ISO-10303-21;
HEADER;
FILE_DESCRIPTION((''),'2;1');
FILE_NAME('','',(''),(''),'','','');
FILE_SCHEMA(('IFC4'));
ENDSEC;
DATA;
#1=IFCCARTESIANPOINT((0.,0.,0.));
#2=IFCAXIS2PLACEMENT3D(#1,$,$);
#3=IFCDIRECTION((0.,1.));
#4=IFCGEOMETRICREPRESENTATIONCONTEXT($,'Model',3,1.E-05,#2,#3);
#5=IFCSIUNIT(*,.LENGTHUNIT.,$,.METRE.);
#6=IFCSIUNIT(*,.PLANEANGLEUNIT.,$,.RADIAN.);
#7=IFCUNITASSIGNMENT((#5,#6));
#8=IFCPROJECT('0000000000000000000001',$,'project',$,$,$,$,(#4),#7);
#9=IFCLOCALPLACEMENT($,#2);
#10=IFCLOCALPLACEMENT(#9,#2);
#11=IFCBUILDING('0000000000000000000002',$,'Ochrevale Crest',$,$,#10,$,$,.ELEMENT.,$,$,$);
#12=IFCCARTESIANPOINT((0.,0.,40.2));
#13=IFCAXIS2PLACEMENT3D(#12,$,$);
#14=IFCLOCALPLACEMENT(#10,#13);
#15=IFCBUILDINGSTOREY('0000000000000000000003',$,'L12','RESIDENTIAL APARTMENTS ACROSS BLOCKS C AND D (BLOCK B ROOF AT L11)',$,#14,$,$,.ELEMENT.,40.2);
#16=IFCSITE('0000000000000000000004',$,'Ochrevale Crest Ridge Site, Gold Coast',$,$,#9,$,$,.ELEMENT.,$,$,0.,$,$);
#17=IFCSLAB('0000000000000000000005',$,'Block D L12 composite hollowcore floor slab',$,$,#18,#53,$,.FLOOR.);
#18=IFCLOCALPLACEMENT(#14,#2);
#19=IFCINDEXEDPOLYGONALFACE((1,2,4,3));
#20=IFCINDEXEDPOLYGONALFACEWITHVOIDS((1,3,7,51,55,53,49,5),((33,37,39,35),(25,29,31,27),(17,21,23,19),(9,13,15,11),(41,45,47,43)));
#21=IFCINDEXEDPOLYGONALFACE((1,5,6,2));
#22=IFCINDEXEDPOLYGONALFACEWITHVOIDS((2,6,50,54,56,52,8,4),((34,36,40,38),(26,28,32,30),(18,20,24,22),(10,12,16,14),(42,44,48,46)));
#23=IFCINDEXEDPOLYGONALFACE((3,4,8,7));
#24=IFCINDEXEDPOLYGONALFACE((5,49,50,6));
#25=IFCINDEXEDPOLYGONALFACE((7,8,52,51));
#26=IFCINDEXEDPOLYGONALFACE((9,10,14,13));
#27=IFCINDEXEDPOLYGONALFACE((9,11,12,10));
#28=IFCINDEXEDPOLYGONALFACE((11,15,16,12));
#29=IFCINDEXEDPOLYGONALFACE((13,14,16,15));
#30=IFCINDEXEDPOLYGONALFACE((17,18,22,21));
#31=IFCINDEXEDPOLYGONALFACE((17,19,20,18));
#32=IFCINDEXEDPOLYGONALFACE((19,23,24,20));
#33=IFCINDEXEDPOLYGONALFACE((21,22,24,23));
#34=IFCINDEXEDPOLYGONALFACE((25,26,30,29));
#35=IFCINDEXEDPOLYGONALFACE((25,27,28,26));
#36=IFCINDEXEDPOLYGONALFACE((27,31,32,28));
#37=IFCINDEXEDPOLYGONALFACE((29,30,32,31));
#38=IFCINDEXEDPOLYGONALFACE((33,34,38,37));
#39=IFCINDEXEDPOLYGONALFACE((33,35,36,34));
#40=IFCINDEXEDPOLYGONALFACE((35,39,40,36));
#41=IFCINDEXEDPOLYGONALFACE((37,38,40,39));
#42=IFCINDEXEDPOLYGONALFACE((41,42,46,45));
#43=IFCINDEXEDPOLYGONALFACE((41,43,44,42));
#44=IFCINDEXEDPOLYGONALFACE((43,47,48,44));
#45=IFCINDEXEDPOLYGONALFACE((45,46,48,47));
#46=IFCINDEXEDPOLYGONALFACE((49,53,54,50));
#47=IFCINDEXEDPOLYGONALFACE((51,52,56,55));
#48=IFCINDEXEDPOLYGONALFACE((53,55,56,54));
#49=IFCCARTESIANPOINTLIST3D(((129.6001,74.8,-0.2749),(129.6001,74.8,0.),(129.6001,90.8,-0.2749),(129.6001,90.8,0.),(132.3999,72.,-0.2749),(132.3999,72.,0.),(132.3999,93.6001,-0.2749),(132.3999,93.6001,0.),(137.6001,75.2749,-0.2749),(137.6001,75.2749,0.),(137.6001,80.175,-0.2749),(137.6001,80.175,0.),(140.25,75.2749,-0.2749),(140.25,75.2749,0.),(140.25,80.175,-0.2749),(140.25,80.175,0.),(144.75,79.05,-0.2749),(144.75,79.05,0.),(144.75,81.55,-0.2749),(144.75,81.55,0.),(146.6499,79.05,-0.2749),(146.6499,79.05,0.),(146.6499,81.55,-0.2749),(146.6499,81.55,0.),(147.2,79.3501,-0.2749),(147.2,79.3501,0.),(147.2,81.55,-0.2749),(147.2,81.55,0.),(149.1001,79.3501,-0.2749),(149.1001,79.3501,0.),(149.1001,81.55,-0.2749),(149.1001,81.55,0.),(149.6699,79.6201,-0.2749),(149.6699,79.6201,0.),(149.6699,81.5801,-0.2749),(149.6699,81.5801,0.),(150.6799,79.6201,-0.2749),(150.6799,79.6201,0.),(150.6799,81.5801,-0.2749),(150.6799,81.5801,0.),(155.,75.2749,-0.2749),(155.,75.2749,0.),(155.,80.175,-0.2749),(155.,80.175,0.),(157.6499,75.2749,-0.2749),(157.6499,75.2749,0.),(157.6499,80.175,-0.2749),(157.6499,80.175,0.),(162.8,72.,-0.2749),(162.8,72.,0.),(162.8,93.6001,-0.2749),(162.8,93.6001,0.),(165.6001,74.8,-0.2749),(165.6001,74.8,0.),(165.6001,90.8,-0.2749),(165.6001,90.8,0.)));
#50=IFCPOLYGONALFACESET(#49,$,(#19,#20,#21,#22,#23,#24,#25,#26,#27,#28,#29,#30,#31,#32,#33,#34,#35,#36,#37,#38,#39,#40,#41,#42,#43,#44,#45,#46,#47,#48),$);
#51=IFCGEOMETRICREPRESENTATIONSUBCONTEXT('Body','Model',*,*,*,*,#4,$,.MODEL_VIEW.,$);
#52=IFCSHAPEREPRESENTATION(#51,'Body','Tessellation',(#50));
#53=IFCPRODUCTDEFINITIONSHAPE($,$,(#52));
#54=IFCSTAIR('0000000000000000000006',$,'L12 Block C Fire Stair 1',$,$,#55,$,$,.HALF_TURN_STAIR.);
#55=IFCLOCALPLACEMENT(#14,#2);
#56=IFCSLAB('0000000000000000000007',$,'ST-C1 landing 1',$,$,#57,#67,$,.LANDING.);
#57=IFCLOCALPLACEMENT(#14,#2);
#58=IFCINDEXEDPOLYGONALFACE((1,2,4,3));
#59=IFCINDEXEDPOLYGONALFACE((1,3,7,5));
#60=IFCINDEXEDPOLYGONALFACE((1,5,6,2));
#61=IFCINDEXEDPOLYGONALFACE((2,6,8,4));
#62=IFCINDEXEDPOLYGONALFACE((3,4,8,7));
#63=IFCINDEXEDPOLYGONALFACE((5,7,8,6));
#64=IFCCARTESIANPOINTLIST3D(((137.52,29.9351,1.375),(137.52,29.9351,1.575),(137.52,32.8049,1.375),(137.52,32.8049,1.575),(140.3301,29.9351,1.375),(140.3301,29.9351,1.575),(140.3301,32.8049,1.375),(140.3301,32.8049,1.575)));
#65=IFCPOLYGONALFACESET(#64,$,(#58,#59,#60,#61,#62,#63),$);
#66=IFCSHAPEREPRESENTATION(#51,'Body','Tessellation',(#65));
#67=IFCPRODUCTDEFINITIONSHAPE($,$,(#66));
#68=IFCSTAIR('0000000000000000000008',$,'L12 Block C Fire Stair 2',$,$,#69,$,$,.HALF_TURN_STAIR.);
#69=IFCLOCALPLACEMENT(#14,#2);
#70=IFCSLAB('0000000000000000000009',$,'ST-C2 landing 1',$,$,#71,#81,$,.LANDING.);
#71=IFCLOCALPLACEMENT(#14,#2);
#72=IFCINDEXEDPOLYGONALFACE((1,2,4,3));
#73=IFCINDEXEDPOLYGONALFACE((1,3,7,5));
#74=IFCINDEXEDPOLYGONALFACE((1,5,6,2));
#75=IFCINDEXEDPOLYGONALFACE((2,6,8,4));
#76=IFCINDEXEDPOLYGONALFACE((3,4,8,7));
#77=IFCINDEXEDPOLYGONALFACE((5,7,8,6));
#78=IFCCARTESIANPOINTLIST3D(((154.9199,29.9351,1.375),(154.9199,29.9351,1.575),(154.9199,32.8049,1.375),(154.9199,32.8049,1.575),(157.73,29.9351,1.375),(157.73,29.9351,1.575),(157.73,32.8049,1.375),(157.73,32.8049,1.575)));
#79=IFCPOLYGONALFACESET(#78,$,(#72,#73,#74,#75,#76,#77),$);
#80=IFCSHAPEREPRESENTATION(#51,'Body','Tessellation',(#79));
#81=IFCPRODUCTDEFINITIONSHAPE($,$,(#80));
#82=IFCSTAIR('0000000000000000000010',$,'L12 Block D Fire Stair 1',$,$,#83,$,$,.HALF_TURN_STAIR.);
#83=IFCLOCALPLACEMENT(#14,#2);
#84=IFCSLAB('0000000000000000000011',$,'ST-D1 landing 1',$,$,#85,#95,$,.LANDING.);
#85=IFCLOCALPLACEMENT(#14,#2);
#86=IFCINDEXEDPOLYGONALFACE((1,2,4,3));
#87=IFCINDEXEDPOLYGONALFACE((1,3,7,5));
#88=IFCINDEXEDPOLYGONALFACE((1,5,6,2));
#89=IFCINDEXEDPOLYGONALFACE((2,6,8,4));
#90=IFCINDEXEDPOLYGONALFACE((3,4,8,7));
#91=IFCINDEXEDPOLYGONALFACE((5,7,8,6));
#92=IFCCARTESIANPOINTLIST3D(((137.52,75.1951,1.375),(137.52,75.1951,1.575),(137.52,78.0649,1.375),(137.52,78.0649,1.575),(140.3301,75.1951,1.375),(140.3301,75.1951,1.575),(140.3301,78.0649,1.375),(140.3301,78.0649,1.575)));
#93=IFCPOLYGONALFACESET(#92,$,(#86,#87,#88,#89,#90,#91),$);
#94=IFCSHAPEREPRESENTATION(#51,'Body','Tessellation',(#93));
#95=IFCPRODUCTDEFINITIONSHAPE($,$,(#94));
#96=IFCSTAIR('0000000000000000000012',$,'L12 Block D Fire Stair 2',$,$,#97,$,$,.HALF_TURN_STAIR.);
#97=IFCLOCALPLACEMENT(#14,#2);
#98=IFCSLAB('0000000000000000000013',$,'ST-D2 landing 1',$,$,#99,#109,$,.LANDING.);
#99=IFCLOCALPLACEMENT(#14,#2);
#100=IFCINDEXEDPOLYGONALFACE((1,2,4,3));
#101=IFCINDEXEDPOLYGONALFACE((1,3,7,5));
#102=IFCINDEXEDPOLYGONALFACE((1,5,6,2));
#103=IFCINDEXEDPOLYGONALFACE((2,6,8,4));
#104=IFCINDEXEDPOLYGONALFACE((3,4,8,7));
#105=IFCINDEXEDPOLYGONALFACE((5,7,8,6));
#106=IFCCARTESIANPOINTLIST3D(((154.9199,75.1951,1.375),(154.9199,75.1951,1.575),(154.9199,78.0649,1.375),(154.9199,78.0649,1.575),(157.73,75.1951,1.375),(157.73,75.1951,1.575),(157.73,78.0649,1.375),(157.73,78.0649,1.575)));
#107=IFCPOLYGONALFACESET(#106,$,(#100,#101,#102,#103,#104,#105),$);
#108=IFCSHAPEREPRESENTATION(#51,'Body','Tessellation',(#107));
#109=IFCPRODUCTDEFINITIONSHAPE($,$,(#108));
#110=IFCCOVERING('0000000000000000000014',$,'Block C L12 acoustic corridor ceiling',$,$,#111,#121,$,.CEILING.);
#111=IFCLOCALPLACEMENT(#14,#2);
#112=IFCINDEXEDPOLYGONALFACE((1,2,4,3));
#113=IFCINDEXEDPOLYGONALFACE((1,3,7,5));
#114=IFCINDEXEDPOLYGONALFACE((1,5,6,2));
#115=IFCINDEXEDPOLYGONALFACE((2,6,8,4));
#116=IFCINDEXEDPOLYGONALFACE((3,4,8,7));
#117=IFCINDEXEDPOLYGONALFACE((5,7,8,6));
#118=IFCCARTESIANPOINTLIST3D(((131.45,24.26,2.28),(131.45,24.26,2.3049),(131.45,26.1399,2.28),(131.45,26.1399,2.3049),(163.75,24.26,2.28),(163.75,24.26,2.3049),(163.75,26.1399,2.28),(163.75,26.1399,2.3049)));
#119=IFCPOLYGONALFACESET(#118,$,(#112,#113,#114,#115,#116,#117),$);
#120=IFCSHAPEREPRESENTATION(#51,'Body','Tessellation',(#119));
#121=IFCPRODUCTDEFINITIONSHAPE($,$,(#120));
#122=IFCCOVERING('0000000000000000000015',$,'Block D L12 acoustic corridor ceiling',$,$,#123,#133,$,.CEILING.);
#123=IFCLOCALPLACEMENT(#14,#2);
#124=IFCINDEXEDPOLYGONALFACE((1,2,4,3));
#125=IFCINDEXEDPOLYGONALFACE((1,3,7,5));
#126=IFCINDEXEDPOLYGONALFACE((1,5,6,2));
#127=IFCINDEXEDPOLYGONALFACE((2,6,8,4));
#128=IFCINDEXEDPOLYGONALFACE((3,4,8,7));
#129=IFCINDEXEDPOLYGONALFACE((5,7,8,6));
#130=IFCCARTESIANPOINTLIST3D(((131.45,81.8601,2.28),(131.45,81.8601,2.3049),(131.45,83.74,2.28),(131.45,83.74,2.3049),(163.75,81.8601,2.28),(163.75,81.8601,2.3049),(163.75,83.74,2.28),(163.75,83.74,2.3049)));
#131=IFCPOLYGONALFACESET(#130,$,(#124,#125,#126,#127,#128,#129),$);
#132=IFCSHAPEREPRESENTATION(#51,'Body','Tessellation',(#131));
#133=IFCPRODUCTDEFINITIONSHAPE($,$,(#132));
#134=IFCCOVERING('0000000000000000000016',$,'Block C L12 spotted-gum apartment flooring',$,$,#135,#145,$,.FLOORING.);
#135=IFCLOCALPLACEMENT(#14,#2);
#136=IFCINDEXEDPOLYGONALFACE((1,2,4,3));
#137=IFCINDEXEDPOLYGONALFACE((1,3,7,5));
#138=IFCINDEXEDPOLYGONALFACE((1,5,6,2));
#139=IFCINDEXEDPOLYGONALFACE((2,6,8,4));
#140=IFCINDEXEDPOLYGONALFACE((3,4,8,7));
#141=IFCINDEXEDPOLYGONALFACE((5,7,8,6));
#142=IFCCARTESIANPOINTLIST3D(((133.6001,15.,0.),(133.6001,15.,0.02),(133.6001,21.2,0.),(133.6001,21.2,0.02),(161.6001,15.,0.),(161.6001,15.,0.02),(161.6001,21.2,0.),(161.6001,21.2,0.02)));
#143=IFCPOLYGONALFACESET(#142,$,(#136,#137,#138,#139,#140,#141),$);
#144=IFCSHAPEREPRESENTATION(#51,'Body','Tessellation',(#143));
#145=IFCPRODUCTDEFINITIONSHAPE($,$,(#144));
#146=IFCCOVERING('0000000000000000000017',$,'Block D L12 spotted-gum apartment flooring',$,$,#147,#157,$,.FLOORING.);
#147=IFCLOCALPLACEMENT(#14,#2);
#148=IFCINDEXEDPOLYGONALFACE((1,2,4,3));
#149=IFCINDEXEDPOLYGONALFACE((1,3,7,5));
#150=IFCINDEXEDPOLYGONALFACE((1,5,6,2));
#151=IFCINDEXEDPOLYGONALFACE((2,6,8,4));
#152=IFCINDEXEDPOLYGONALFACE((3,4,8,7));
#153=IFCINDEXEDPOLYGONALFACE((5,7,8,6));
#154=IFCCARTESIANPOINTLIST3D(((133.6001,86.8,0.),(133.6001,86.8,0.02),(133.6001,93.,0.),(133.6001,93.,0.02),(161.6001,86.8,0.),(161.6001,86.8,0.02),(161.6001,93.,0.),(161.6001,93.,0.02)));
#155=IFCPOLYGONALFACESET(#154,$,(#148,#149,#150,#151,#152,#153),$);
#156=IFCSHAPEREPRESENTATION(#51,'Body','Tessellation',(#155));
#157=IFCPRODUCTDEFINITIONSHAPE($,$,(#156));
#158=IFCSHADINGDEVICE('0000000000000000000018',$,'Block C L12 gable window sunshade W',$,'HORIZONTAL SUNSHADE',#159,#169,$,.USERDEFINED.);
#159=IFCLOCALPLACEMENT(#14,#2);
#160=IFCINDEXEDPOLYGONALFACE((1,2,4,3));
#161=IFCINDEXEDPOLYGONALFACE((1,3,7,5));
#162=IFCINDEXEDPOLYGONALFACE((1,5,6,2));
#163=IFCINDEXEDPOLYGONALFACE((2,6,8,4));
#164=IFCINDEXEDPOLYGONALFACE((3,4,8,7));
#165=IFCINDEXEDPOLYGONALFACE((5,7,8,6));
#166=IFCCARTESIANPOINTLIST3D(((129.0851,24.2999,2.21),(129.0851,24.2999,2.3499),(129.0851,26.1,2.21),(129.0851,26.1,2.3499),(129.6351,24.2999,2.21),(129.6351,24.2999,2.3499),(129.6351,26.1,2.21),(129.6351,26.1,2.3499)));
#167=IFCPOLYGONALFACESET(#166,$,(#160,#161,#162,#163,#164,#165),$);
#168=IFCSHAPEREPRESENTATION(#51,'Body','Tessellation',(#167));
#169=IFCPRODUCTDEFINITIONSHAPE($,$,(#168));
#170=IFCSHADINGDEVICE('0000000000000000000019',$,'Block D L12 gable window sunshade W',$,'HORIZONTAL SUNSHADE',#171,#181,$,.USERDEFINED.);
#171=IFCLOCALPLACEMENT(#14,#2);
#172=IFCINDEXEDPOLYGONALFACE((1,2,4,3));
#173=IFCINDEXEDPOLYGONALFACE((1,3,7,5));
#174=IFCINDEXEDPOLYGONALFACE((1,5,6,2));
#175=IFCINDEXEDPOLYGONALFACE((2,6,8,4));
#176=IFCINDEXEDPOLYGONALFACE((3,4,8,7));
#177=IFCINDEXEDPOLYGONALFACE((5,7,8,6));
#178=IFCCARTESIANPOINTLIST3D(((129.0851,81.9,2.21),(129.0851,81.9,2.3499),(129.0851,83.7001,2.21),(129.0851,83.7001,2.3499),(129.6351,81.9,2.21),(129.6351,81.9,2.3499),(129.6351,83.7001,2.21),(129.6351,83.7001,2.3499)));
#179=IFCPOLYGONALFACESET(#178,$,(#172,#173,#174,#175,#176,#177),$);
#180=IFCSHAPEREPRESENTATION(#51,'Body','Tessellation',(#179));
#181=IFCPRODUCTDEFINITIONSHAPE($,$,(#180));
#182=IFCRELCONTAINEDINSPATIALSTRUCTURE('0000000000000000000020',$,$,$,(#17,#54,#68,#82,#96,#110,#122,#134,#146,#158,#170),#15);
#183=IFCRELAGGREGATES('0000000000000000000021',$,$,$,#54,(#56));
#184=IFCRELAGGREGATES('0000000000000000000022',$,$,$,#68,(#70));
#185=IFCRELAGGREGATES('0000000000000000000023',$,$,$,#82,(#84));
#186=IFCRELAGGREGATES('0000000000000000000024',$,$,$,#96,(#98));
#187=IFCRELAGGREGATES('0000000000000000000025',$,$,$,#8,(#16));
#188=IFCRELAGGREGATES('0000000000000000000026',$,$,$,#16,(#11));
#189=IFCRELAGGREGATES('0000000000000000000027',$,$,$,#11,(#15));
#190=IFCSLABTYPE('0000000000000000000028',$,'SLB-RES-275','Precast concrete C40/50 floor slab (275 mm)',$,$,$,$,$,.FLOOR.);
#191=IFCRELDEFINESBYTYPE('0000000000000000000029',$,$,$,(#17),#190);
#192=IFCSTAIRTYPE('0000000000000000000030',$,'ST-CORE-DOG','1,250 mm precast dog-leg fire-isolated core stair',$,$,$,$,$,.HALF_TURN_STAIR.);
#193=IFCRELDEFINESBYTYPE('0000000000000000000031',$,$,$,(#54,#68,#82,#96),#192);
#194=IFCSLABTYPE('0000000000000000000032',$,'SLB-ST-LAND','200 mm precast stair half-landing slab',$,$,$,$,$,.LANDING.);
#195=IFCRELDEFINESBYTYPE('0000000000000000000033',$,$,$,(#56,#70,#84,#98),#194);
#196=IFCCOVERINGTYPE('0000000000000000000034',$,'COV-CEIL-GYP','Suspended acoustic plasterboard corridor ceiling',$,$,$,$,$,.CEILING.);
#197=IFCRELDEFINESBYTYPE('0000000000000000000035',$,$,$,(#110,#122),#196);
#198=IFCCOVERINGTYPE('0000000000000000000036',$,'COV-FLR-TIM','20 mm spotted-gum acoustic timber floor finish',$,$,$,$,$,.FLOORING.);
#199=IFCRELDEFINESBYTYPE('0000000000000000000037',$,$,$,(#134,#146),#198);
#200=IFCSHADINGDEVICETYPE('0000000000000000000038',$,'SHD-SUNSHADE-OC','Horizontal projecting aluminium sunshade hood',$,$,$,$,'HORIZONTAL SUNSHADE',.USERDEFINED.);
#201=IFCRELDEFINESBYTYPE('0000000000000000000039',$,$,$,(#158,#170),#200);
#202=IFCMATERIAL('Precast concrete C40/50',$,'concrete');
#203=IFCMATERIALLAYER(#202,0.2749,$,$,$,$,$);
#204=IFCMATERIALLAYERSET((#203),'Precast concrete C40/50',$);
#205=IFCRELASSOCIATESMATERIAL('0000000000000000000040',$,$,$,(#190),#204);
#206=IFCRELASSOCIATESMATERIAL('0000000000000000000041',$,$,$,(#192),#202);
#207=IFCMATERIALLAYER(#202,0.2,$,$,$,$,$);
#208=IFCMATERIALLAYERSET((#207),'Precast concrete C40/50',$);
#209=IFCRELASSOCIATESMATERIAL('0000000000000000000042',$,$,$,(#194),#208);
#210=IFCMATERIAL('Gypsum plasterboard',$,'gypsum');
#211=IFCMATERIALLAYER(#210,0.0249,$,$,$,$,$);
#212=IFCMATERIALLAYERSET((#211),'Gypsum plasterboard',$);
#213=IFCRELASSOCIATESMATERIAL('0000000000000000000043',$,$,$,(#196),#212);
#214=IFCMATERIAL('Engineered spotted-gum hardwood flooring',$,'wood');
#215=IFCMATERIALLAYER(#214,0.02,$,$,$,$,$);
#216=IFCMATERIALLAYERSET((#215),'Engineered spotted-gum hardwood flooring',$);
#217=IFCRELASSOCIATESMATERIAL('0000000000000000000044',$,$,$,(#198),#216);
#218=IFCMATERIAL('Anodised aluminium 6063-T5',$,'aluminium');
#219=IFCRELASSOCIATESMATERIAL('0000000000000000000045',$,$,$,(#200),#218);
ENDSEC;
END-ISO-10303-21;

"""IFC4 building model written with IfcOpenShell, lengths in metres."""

from ifc_helpers import new_model, si_unit, direction, frame, origin, origin_2d, place, context, subcontext, project, spatial, polyline, rectangle, outline, extrude, material, layer, layer_set, type_object, element, aggregate, save


model = new_model("IFC4")

# Units and contexts
model_context = context("Model", 3, precision=1e-05, world=origin(), true_north=direction((0.0, 1.0)))
body_context = subcontext(model_context, "Body", "Model", "MODEL_VIEW")
ifc_project = project(units=[si_unit("LENGTHUNIT", "METRE"), si_unit("PLANEANGLEUNIT", "RADIAN")], contexts=[model_context])

# Site, building, storey
site_placement = place(None, origin())
site = spatial("IfcSite", under=ifc_project, at=site_placement, Name="Ochrevale Crest Ridge Site, Gold Coast", CompositionType="ELEMENT", RefElevation=0.0)
building_placement = place(site_placement, origin())
building = spatial("IfcBuilding", under=site, at=building_placement, Name="Ochrevale Crest", CompositionType="ELEMENT")
storey_placement = place(building_placement, frame((0.0, 0.0, 40.2)))
storey = spatial("IfcBuildingStorey", under=building, at=storey_placement, Name="L12", Description="RESIDENTIAL APARTMENTS ACROSS BLOCKS C AND D (BLOCK B ROOF AT L11)", CompositionType="ELEMENT", Elevation=40.2)

# Slab
ifc_material_1 = material(Name="Precast concrete C40/50", Category="concrete")
ifc_layer_1 = layer(ifc_material_1, 0.2749)
ifc_layer_set_1 = layer_set([ifc_layer_1], Name="Precast concrete C40/50")
slab_type_1 = type_object("IfcSlabType", Name="SLB-RES-275", Description="Precast concrete C40/50 floor slab (275 mm)", PredefinedType="FLOOR", material=ifc_layer_set_1)
slab_1_placement = place(storey_placement, frame((0.0, 0.0, -0.2749)))
element("IfcSlab", 1, at=slab_1_placement, inside=storey, type_object=slab_type_1, Name="Block D L12 composite hollowcore floor slab", PredefinedType="FLOOR", context=body_context, shape_type="SweptSolid", body=[
    extrude(outline(polyline([(132.3999, 72.0), (162.8, 72.0), (165.6001, 74.8), (165.6001, 90.8), (162.8, 93.6001), (132.3999, 93.6001), (129.6001, 90.8), (129.6001, 74.8), (132.3999, 72.0)]), holes=[polyline([(137.6001, 80.175), (137.6001, 75.2749), (140.25, 75.2749), (140.25, 80.175), (137.6001, 80.175)]), polyline([(155.0, 80.175), (155.0, 75.2749), (157.6499, 75.2749), (157.6499, 80.175), (155.0, 80.175)]), polyline([(144.75, 79.05), (146.6499, 79.05), (146.6499, 81.55), (144.75, 81.55), (144.75, 79.05)]), polyline([(147.2, 79.3501), (149.1001, 79.3501), (149.1001, 81.55), (147.2, 81.55), (147.2, 79.3501)]), polyline([(149.6699, 79.6201), (150.6799, 79.6201), (150.6799, 81.5801), (149.6699, 81.5801), (149.6699, 79.6201)])]), origin(), (0.0, 0.0, 1.0), 0.2749),
])

# Stairs, slabs
stair_type = type_object("IfcStairType", Name="ST-CORE-DOG", Description="1,250 mm precast dog-leg fire-isolated core stair", PredefinedType="HALF_TURN_STAIR", material=ifc_material_1)
stair_1_placement = place(storey_placement, origin())
stair_1 = element("IfcStair", 2, at=stair_1_placement, inside=storey, type_object=stair_type, Name="L12 Block C Fire Stair 1", PredefinedType="HALF_TURN_STAIR")
ifc_layer_2 = layer(ifc_material_1, 0.2)
ifc_layer_set_2 = layer_set([ifc_layer_2], Name="Precast concrete C40/50")
slab_type_2 = type_object("IfcSlabType", Name="SLB-ST-LAND", Description="200 mm precast stair half-landing slab", PredefinedType="LANDING", material=ifc_layer_set_2)
slab_2_placement = place(storey_placement, frame((0.0, 0.0, 1.375)))
slab_2 = element("IfcSlab", 3, at=slab_2_placement, type_object=slab_type_2, Name="ST-C1 landing 1", PredefinedType="LANDING", context=body_context, shape_type="SweptSolid", body=[
    extrude(outline(polyline([(140.3301, 29.9351), (140.3301, 32.8049), (137.52, 32.8049), (137.52, 29.9351), (140.3301, 29.9351)])), origin(), (0.0, 0.0, 1.0), 0.2),
])
aggregate(stair_1, [slab_2])
stair_2_placement = place(storey_placement, origin())
stair_2 = element("IfcStair", 4, at=stair_2_placement, inside=storey, type_object=stair_type, Name="L12 Block C Fire Stair 2", PredefinedType="HALF_TURN_STAIR")
slab_3_placement = place(storey_placement, frame((0.0, 0.0, 1.375)))
slab_3 = element("IfcSlab", 5, at=slab_3_placement, type_object=slab_type_2, Name="ST-C2 landing 1", PredefinedType="LANDING", context=body_context, shape_type="SweptSolid", body=[
    extrude(outline(polyline([(157.73, 29.9351), (157.73, 32.8049), (154.9199, 32.8049), (154.9199, 29.9351), (157.73, 29.9351)])), origin(), (0.0, 0.0, 1.0), 0.2),
])
aggregate(stair_2, [slab_3])
stair_3_placement = place(storey_placement, origin())
stair_3 = element("IfcStair", 6, at=stair_3_placement, inside=storey, type_object=stair_type, Name="L12 Block D Fire Stair 1", PredefinedType="HALF_TURN_STAIR")
slab_4_placement = place(storey_placement, frame((0.0, 0.0, 1.375)))
slab_4 = element("IfcSlab", 7, at=slab_4_placement, type_object=slab_type_2, Name="ST-D1 landing 1", PredefinedType="LANDING", context=body_context, shape_type="SweptSolid", body=[
    extrude(outline(polyline([(137.52, 78.0649), (137.52, 75.1951), (140.3301, 75.1951), (140.3301, 78.0649), (137.52, 78.0649)])), origin(), (0.0, 0.0, 1.0), 0.2),
])
aggregate(stair_3, [slab_4])
stair_4_placement = place(storey_placement, origin())
stair_4 = element("IfcStair", 8, at=stair_4_placement, inside=storey, type_object=stair_type, Name="L12 Block D Fire Stair 2", PredefinedType="HALF_TURN_STAIR")
slab_5_placement = place(storey_placement, frame((0.0, 0.0, 1.375)))
slab_5 = element("IfcSlab", 9, at=slab_5_placement, type_object=slab_type_2, Name="ST-D2 landing 1", PredefinedType="LANDING", context=body_context, shape_type="SweptSolid", body=[
    extrude(outline(polyline([(154.9199, 78.0649), (154.9199, 75.1951), (157.73, 75.1951), (157.73, 78.0649), (154.9199, 78.0649)])), origin(), (0.0, 0.0, 1.0), 0.2),
])
aggregate(stair_4, [slab_5])

# Coverings
ifc_material_2 = material(Name="Gypsum plasterboard", Category="gypsum")
ifc_layer_3 = layer(ifc_material_2, 0.0249)
ifc_layer_set_3 = layer_set([ifc_layer_3], Name="Gypsum plasterboard")
covering_type_1 = type_object("IfcCoveringType", Name="COV-CEIL-GYP", Description="Suspended acoustic plasterboard corridor ceiling", PredefinedType="CEILING", material=ifc_layer_set_3)
covering_1_placement = place(storey_placement, frame((0.0, 0.0, 2.28)))
element("IfcCovering", 10, at=covering_1_placement, inside=storey, type_object=covering_type_1, Name="Block C L12 acoustic corridor ceiling", PredefinedType="CEILING", context=body_context, shape_type="SweptSolid", body=[
    extrude(outline(polyline([(131.45, 24.26), (163.75, 24.26), (163.75, 26.1399), (131.45, 26.1399), (131.45, 24.26)])), origin(), (0.0, 0.0, 1.0), 0.0249),
])
covering_2_placement = place(storey_placement, frame((0.0, 0.0, 2.28)))
element("IfcCovering", 11, at=covering_2_placement, inside=storey, type_object=covering_type_1, Name="Block D L12 acoustic corridor ceiling", PredefinedType="CEILING", context=body_context, shape_type="SweptSolid", body=[
    extrude(outline(polyline([(131.45, 81.8601), (163.75, 81.8601), (163.75, 83.74), (131.45, 83.74), (131.45, 81.8601)])), origin(), (0.0, 0.0, 1.0), 0.0249),
])
ifc_material_3 = material(Name="Engineered spotted-gum hardwood flooring", Category="wood")
ifc_layer_4 = layer(ifc_material_3, 0.02)
ifc_layer_set_4 = layer_set([ifc_layer_4], Name="Engineered spotted-gum hardwood flooring")
covering_type_2 = type_object("IfcCoveringType", Name="COV-FLR-TIM", Description="20 mm spotted-gum acoustic timber floor finish", PredefinedType="FLOORING", material=ifc_layer_set_4)
covering_3_placement = place(storey_placement, origin())
element("IfcCovering", 12, at=covering_3_placement, inside=storey, type_object=covering_type_2, Name="Block C L12 spotted-gum apartment flooring", PredefinedType="FLOORING", context=body_context, shape_type="SweptSolid", body=[
    extrude(outline(polyline([(133.6001, 15.0), (161.6001, 15.0), (161.6001, 21.2), (133.6001, 21.2), (133.6001, 15.0)])), origin(), (0.0, 0.0, 1.0), 0.02),
])
covering_4_placement = place(storey_placement, origin())
element("IfcCovering", 13, at=covering_4_placement, inside=storey, type_object=covering_type_2, Name="Block D L12 spotted-gum apartment flooring", PredefinedType="FLOORING", context=body_context, shape_type="SweptSolid", body=[
    extrude(outline(polyline([(133.6001, 86.8), (161.6001, 86.8), (161.6001, 93.0), (133.6001, 93.0), (133.6001, 86.8)])), origin(), (0.0, 0.0, 1.0), 0.02),
])

# Shading devices
ifc_material_4 = material(Name="Anodised aluminium 6063-T5", Category="aluminium")
shading_device_type = type_object("IfcShadingDeviceType", Name="SHD-SUNSHADE-OC", Description="Horizontal projecting aluminium sunshade hood", ElementType="HORIZONTAL SUNSHADE", PredefinedType="USERDEFINED", material=ifc_material_4)
for number, where, z_axis, x_axis, name in (
    (14, (129.3601, 25.2, 2.21), (0.0, 0.0, 1.0), (1.0, 0.0, 0.0), "Block C L12 gable window sunshade W"),
    (15, (129.3601, 82.8, 2.21), (0.0, 0.0, 1.0), (1.0, 0.0, 0.0), "Block D L12 gable window sunshade W"),
):
    element("IfcShadingDevice", number, at=place(storey_placement, frame(where, z_axis=z_axis, x_axis=x_axis)), inside=storey, type_object=shading_device_type, Name=name, ObjectType="HORIZONTAL SUNSHADE", PredefinedType="USERDEFINED", context=body_context, shape_type="SweptSolid", body=[
        extrude(rectangle(XDim=0.55, YDim=1.8, at=origin_2d()), origin(), (0.0, 0.0, 1.0), 0.1399),
    ])

save(model, "model.ifc")
